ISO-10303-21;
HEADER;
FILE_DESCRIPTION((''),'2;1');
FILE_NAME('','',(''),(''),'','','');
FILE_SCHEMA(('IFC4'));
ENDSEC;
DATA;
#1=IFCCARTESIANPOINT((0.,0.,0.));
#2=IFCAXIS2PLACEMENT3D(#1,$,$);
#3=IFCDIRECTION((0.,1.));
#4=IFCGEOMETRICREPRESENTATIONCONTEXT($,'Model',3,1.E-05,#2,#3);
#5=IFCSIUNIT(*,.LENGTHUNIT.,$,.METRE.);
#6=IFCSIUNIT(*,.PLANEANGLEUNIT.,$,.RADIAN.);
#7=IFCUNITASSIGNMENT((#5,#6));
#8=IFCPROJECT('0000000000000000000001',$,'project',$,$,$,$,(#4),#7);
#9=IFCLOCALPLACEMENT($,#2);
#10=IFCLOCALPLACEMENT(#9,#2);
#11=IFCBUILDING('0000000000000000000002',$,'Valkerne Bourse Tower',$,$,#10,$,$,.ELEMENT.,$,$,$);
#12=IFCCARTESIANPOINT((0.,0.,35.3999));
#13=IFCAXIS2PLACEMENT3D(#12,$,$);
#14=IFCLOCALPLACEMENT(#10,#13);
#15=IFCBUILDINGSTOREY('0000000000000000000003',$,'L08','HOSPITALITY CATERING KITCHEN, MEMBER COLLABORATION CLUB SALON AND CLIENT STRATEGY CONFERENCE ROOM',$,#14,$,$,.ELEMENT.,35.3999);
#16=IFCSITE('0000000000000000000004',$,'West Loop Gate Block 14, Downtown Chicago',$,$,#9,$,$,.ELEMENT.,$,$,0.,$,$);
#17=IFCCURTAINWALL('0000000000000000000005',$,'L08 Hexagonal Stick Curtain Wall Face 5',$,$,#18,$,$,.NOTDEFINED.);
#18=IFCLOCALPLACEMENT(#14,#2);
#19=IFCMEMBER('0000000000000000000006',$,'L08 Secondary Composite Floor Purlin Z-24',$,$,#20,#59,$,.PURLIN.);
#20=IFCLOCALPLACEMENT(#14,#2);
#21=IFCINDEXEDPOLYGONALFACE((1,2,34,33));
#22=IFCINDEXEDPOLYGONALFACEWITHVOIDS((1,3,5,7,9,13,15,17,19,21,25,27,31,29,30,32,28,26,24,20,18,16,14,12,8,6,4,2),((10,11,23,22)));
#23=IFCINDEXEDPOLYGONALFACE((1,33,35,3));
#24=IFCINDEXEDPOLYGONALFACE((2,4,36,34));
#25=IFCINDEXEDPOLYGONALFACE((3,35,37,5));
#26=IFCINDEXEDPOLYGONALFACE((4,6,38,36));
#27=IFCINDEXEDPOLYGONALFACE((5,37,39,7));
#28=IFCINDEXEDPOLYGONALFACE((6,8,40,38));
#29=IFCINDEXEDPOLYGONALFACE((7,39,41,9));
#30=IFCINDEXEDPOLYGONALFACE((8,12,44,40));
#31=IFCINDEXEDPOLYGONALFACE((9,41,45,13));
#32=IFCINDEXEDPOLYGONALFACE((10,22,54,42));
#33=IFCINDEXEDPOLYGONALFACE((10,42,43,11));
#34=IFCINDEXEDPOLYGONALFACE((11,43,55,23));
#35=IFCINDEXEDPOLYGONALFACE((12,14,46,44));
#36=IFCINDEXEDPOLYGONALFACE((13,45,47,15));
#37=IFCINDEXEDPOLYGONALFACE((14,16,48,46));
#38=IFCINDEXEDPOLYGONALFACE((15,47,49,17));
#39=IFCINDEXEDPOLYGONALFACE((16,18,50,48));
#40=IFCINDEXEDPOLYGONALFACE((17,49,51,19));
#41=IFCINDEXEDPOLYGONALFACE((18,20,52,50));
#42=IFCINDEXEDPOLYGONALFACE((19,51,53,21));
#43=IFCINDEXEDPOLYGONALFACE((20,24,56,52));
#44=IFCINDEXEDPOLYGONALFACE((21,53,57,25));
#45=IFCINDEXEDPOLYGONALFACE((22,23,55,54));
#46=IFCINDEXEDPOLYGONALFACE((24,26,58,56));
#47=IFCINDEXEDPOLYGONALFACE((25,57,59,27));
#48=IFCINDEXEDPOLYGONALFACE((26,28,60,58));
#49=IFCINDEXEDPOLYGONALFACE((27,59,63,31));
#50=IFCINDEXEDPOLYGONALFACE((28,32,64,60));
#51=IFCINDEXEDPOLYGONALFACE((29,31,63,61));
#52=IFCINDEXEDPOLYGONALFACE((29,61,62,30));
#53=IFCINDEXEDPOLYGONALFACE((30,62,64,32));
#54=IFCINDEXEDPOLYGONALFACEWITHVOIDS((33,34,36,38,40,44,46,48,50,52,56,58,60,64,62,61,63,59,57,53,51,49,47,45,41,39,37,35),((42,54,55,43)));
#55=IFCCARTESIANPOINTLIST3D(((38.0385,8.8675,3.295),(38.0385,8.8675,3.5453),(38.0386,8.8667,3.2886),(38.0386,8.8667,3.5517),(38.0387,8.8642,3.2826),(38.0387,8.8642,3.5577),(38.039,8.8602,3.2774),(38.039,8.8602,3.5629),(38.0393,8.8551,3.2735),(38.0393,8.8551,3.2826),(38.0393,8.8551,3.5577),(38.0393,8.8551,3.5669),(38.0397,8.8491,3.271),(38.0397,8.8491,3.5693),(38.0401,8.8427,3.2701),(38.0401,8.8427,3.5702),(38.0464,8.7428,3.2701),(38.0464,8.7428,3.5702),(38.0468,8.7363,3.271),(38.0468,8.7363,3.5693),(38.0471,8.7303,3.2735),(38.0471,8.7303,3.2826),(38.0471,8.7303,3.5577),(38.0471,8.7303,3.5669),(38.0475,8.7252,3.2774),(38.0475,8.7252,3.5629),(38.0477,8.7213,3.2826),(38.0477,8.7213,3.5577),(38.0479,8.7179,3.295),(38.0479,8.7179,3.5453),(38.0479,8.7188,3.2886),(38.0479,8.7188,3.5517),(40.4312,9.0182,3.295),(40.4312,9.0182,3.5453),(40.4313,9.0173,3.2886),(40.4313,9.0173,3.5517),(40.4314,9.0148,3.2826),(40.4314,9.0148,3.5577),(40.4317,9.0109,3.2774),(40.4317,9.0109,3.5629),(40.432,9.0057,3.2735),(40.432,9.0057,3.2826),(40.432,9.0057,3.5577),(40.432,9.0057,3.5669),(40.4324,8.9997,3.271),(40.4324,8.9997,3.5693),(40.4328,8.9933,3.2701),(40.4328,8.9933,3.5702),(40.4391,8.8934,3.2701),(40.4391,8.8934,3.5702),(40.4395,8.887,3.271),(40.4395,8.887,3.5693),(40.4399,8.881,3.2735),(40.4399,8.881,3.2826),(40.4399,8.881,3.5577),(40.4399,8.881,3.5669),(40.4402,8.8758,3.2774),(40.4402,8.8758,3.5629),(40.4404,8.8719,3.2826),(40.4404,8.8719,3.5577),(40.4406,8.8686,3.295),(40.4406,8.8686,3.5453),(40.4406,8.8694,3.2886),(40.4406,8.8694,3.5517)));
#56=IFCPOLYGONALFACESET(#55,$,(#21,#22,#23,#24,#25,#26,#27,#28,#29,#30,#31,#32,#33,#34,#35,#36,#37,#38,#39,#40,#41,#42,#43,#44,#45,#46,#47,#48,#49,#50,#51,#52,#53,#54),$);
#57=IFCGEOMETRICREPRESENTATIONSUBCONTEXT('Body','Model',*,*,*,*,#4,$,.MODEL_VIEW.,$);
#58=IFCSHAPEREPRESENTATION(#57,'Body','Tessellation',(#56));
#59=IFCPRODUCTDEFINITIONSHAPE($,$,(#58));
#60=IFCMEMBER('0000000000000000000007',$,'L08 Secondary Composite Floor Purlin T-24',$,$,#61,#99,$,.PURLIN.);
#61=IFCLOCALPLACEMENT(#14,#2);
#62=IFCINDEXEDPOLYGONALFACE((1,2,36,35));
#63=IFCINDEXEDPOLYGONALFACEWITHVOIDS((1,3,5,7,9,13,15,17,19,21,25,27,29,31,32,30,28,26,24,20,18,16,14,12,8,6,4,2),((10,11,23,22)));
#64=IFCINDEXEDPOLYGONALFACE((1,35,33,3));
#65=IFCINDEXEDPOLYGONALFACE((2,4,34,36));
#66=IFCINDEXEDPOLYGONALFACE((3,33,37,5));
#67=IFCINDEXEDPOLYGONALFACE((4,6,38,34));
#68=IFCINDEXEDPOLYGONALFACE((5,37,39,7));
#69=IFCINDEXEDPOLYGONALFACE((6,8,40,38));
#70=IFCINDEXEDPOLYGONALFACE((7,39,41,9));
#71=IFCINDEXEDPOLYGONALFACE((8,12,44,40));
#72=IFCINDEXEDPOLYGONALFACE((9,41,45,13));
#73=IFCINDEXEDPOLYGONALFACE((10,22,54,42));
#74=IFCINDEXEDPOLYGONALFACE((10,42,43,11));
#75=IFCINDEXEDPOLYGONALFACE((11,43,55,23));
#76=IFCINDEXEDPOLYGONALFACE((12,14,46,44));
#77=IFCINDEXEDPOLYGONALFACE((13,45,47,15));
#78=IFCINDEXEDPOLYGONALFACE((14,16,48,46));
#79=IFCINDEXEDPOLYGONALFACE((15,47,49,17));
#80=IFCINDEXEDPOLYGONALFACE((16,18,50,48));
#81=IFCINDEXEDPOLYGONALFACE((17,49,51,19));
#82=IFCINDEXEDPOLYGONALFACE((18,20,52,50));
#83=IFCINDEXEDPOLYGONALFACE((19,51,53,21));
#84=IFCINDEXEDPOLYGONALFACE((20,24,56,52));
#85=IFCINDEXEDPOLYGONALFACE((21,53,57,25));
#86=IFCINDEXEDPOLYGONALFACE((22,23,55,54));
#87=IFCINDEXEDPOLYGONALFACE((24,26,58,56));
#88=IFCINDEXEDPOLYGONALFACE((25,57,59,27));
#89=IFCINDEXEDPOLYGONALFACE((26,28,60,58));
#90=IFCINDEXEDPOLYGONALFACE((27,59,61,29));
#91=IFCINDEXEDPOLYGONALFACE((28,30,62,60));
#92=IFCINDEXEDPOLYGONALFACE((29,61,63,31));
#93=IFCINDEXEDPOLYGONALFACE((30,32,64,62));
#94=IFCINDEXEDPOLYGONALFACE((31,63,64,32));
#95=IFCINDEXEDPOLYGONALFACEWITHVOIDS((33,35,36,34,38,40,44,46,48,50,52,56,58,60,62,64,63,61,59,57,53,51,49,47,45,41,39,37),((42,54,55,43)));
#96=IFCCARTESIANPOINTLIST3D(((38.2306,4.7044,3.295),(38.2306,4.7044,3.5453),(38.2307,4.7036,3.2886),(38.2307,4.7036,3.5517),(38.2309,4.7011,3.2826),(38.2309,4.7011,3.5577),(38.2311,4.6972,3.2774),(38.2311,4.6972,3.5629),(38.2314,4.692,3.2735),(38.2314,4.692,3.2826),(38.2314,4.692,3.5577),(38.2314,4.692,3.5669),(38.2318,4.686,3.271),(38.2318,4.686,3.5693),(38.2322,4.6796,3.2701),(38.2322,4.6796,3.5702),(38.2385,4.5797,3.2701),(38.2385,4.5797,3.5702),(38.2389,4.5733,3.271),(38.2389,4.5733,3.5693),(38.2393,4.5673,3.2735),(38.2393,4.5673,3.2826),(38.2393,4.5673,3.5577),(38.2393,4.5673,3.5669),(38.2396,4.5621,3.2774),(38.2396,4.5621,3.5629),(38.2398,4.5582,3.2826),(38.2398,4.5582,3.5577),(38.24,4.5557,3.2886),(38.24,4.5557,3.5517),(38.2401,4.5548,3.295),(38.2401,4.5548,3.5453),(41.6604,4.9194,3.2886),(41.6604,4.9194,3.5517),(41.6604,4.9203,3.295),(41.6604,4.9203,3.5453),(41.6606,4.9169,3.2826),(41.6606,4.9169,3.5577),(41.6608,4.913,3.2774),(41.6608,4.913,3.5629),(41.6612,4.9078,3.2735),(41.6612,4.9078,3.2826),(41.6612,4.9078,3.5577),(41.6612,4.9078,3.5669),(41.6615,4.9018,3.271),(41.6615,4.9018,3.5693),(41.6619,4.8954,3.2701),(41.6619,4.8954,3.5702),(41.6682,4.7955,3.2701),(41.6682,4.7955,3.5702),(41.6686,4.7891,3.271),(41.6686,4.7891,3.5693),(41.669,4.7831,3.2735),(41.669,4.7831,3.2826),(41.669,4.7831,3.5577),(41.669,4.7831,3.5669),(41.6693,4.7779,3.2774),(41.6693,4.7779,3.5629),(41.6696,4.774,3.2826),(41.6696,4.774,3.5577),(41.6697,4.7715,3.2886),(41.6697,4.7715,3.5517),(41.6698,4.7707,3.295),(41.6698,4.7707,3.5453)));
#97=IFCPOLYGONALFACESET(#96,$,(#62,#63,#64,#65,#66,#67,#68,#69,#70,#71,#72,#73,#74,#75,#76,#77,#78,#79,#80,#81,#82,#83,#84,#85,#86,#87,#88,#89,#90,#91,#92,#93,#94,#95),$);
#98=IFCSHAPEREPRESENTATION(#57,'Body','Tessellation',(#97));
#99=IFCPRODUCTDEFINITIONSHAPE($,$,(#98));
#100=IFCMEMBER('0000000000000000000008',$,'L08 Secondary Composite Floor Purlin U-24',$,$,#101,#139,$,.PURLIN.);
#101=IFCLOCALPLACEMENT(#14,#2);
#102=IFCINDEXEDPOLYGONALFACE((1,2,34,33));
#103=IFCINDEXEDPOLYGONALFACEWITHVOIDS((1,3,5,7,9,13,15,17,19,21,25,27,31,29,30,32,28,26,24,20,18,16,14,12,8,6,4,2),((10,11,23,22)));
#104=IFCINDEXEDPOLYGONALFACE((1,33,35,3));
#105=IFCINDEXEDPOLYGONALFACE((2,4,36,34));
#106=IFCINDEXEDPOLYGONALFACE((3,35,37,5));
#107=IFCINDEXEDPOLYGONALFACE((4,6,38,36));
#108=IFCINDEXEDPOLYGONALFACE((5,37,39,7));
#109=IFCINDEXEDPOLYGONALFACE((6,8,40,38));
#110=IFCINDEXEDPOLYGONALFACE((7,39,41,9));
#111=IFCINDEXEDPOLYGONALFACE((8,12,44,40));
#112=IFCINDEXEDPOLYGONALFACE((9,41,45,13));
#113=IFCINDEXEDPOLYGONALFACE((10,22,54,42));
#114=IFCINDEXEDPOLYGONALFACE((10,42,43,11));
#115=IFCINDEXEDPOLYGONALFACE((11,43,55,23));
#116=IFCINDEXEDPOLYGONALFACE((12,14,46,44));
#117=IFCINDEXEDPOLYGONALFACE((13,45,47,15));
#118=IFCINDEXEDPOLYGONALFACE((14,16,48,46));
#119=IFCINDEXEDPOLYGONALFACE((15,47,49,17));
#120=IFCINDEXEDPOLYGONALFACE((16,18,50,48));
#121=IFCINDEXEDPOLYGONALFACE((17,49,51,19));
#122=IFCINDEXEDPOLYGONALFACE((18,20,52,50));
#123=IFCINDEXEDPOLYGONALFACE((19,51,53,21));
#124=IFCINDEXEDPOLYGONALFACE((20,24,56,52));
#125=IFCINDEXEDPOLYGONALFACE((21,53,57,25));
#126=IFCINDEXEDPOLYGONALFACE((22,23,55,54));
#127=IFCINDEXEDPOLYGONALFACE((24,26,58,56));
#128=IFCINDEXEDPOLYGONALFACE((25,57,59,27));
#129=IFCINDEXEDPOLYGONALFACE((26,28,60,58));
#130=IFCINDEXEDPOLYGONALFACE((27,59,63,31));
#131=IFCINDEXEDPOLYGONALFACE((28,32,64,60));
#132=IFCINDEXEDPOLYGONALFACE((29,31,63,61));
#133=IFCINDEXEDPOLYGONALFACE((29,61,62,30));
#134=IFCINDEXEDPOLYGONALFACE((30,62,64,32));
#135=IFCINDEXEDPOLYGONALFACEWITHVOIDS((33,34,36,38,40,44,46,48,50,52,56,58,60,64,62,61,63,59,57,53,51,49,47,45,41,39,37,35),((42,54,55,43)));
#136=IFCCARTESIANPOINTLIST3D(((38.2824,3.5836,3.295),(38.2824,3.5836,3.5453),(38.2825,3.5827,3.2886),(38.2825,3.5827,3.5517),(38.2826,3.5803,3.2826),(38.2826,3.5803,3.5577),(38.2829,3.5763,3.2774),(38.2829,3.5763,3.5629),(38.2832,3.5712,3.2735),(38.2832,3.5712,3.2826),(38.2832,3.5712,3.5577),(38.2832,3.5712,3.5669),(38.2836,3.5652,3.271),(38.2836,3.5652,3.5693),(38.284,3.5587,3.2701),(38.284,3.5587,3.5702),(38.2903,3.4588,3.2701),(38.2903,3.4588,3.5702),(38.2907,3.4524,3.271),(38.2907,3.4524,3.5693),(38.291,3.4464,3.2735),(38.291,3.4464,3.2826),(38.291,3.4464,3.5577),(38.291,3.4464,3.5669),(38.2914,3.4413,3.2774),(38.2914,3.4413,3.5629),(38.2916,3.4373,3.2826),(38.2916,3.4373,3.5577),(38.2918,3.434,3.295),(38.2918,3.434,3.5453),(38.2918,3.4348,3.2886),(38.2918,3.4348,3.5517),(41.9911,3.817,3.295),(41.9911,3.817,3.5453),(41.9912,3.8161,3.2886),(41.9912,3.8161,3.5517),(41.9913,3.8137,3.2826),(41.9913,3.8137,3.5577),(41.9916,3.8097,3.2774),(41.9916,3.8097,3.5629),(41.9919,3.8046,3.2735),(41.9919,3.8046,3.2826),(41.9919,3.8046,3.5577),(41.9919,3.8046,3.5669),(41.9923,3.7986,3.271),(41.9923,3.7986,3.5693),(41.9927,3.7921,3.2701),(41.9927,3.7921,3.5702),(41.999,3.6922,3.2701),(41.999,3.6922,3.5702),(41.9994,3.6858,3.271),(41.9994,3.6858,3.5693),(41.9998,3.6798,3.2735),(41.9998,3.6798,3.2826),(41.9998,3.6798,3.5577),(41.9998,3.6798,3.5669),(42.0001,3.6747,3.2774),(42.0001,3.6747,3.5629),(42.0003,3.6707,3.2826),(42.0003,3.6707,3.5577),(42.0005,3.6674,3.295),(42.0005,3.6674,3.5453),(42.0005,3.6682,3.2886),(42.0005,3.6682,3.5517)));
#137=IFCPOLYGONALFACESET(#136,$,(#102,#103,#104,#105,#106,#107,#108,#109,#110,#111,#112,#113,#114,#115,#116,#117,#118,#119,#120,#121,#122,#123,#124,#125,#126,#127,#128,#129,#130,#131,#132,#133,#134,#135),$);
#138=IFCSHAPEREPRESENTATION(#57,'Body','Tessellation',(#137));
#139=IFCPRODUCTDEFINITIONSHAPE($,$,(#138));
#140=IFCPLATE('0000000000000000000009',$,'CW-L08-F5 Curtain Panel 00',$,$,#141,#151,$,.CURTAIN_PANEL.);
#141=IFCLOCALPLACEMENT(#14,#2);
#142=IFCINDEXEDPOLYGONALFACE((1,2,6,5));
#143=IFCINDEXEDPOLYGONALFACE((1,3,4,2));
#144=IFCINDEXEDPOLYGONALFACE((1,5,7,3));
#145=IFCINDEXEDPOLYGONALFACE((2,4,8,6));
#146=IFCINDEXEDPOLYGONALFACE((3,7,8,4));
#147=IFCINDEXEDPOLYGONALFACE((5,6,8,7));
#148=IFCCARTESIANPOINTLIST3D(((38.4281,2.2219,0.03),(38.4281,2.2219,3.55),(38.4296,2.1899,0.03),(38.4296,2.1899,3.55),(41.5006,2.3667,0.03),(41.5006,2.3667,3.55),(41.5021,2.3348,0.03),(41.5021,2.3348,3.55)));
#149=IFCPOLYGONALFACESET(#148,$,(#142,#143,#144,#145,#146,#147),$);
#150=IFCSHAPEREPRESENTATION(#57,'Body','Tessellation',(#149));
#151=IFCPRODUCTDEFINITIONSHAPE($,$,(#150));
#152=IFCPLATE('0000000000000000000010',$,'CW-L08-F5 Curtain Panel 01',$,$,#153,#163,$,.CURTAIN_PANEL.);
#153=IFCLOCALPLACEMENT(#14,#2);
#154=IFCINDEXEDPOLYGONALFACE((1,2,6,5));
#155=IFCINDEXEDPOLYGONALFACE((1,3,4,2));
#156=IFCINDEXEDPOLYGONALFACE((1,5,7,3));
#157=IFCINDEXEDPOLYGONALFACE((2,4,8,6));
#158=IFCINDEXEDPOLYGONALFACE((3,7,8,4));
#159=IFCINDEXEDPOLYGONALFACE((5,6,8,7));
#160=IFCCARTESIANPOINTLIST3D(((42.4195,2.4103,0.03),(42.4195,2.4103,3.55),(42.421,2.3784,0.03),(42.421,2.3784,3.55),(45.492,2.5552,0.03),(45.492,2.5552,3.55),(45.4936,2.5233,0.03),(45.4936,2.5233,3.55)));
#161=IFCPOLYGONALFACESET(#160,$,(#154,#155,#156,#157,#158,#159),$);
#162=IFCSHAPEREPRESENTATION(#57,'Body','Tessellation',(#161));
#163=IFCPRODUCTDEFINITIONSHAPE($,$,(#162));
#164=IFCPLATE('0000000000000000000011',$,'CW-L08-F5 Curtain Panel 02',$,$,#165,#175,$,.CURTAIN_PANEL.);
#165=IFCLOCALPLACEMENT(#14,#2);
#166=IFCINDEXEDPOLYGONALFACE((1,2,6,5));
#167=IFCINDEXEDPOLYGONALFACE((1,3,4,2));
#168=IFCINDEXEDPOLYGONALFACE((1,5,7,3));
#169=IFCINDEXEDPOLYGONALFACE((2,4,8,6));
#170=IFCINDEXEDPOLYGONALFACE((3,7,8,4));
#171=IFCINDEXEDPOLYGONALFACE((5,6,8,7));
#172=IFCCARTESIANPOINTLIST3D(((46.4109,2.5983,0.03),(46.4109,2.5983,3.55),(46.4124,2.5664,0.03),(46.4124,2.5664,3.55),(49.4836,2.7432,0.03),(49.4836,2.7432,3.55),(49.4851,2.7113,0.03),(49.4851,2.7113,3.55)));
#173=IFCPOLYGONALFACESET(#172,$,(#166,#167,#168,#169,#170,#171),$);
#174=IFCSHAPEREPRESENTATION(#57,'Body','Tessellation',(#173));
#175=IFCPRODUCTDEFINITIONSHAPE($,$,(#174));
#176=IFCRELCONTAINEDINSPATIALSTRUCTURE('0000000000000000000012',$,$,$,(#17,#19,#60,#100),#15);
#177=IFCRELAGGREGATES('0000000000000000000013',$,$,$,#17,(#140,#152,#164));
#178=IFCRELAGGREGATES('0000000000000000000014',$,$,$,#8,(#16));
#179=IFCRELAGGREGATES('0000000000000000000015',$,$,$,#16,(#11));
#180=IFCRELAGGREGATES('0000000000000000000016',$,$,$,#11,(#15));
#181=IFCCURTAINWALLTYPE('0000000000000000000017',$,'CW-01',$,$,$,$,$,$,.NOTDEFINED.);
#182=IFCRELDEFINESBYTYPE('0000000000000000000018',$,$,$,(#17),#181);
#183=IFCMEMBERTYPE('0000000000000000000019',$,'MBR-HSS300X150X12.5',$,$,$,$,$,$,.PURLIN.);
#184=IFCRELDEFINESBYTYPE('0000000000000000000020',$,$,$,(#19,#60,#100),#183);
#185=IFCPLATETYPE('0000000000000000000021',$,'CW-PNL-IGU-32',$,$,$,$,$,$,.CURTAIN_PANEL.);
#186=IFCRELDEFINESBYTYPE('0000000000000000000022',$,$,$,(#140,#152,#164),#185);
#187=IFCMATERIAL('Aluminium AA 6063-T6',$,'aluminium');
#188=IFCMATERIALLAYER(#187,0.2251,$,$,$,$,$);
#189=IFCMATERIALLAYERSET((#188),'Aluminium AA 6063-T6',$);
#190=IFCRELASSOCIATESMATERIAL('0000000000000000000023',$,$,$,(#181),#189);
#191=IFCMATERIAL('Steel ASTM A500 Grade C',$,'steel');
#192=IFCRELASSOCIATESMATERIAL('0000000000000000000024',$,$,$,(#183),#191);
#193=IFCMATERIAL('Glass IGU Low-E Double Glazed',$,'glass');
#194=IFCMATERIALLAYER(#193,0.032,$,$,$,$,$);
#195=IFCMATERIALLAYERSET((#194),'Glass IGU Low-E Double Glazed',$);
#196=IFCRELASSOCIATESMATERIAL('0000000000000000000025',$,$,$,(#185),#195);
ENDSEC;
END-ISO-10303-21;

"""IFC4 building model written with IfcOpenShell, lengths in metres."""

from ifc_helpers import new_model, si_unit, direction, frame, origin, origin_2d, place, context, subcontext, project, spatial, rectangle, hollow_rectangle, extrude, material, layer, layer_set, material_profile, profile_set, type_object, element, aggregate, save


model = new_model("IFC4")

# Units and contexts
model_context = context("Model", 3, precision=1e-05, world=origin(), true_north=direction((0.0, 1.0)))
body_context = subcontext(model_context, "Body", "Model", "MODEL_VIEW")
ifc_project = project(units=[si_unit("LENGTHUNIT", "METRE"), si_unit("PLANEANGLEUNIT", "RADIAN")], contexts=[model_context])

# Site, building, storey
site_placement = place(None, origin())
site = spatial("IfcSite", under=ifc_project, at=site_placement, Name="West Loop Gate Block 14, Downtown Chicago", CompositionType="ELEMENT", RefElevation=0.0)
building_placement = place(site_placement, origin())
building = spatial("IfcBuilding", under=site, at=building_placement, Name="Valkerne Bourse Tower", CompositionType="ELEMENT")
storey_placement = place(building_placement, frame((0.0, 0.0, 35.3999)))
storey = spatial("IfcBuildingStorey", under=building, at=storey_placement, Name="L08", Description="HOSPITALITY CATERING KITCHEN, MEMBER COLLABORATION CLUB SALON AND CLIENT STRATEGY CONFERENCE ROOM", CompositionType="ELEMENT", Elevation=35.3999)

# Curtain wall
ifc_material_1 = material(Name="Aluminium AA 6063-T6", Category="aluminium")
ifc_layer_1 = layer(ifc_material_1, 0.2251)
ifc_layer_set_1 = layer_set([ifc_layer_1], Name="Aluminium AA 6063-T6")
curtain_wall_type = type_object("IfcCurtainWallType", Name="CW-01", PredefinedType="NOTDEFINED", material=ifc_layer_set_1)
curtain_wall_placement = place(storey_placement, origin())
curtain_wall = element("IfcCurtainWall", 1, at=curtain_wall_placement, inside=storey, type_object=curtain_wall_type, Name="L08 Hexagonal Stick Curtain Wall Face 5", PredefinedType="NOTDEFINED")

# Members
ifc_material_2 = material(Name="Steel ASTM A500 Grade C", Category="steel")
ifc_material_profile_1 = material_profile(ifc_material_2, hollow_rectangle(XDim=0.1499, YDim=0.3, WallThickness=0.0125, OuterFilletRadius=0.0249, at=origin_2d()), Name="HSS300X150X12.5")
ifc_profile_set_1 = profile_set([ifc_material_profile_1], Name="Steel ASTM A500 Grade C")
member_type_1 = type_object("IfcMemberType", Name="MBR-HSS300X150X12.5", PredefinedType="PURLIN", material=ifc_profile_set_1)
member_1_placement = place(storey_placement, frame((38.0432, 8.7927, 3.4202), z_axis=(0.998024, 0.062828, 0.0), x_axis=(-0.062828, 0.998024, 0.0)))
element("IfcMember", 2, at=member_1_placement, inside=storey, type_object=member_type_1, Name="L08 Secondary Composite Floor Purlin Z-24", PredefinedType="PURLIN", context=body_context, shape_type="SweptSolid", body=[
    extrude(hollow_rectangle(XDim=0.1499, YDim=0.3, WallThickness=0.0125, OuterFilletRadius=0.0249, at=origin_2d()), origin(), (0.0, 0.0, 1.0), 2.3975),
])
member_2_placement = place(storey_placement, frame((38.2354, 4.6296, 3.4202), z_axis=(0.998026, 0.062803, 0.0), x_axis=(-0.062803, 0.998026, 0.0)))
element("IfcMember", 3, at=member_2_placement, inside=storey, type_object=member_type_1, Name="L08 Secondary Composite Floor Purlin T-24", PredefinedType="PURLIN", context=body_context, shape_type="SweptSolid", body=[
    extrude(hollow_rectangle(XDim=0.1499, YDim=0.3, WallThickness=0.0125, OuterFilletRadius=0.0249, at=origin_2d()), origin(), (0.0, 0.0, 1.0), 3.4365),
])
member_3_placement = place(storey_placement, frame((38.2871, 3.5088, 3.4202), z_axis=(0.998026, 0.062808, 0.0), x_axis=(-0.062808, 0.998026, 0.0)))
element("IfcMember", 4, at=member_3_placement, inside=storey, type_object=member_type_1, Name="L08 Secondary Composite Floor Purlin U-24", PredefinedType="PURLIN", context=body_context, shape_type="SweptSolid", body=[
    extrude(hollow_rectangle(XDim=0.1499, YDim=0.3, WallThickness=0.0125, OuterFilletRadius=0.0249, at=origin_2d()), origin(), (0.0, 0.0, 1.0), 3.7161),
])

# Plates
ifc_material_3 = material(Name="Glass IGU Low-E Double Glazed", Category="glass")
ifc_layer_2 = layer(ifc_material_3, 0.032)
ifc_layer_set_2 = layer_set([ifc_layer_2], Name="Glass IGU Low-E Double Glazed")
plate_type = type_object("IfcPlateType", Name="CW-PNL-IGU-32", PredefinedType="CURTAIN_PANEL", material=ifc_layer_set_2)
plate_1_placement = place(storey_placement, frame((39.9651, 2.2783, 0.03), z_axis=(0.0, 0.0, 1.0), x_axis=(0.99889, 0.047098, 0.0)))
plate_1 = element("IfcPlate", 5, at=plate_1_placement, type_object=plate_type, Name="CW-L08-F5 Curtain Panel 00", PredefinedType="CURTAIN_PANEL", context=body_context, shape_type="SweptSolid", body=[
    extrude(rectangle(XDim=3.0759, YDim=0.032, at=origin_2d()), origin(), (0.0, 0.0, 1.0), 3.52),
])
plate_2_placement = place(storey_placement, frame((43.9565, 2.4668, 0.03), z_axis=(0.0, 0.0, 1.0), x_axis=(0.998889, 0.047122, 0.0)))
plate_2 = element("IfcPlate", 6, at=plate_2_placement, type_object=plate_type, Name="CW-L08-F5 Curtain Panel 01", PredefinedType="CURTAIN_PANEL", context=body_context, shape_type="SweptSolid", body=[
    extrude(rectangle(XDim=3.0759, YDim=0.032, at=origin_2d()), origin(), (0.0, 0.0, 1.0), 3.52),
])
plate_3_placement = place(storey_placement, frame((47.948, 2.6548, 0.03), z_axis=(0.0, 0.0, 1.0), x_axis=(0.99889, 0.047097, 0.0)))
plate_3 = element("IfcPlate", 7, at=plate_3_placement, type_object=plate_type, Name="CW-L08-F5 Curtain Panel 02", PredefinedType="CURTAIN_PANEL", context=body_context, shape_type="SweptSolid", body=[
    extrude(rectangle(XDim=3.0762, YDim=0.032, at=origin_2d()), origin(), (0.0, 0.0, 1.0), 3.52),
])
aggregate(curtain_wall, [plate_1, plate_2, plate_3])

save(model, "model.ifc")
